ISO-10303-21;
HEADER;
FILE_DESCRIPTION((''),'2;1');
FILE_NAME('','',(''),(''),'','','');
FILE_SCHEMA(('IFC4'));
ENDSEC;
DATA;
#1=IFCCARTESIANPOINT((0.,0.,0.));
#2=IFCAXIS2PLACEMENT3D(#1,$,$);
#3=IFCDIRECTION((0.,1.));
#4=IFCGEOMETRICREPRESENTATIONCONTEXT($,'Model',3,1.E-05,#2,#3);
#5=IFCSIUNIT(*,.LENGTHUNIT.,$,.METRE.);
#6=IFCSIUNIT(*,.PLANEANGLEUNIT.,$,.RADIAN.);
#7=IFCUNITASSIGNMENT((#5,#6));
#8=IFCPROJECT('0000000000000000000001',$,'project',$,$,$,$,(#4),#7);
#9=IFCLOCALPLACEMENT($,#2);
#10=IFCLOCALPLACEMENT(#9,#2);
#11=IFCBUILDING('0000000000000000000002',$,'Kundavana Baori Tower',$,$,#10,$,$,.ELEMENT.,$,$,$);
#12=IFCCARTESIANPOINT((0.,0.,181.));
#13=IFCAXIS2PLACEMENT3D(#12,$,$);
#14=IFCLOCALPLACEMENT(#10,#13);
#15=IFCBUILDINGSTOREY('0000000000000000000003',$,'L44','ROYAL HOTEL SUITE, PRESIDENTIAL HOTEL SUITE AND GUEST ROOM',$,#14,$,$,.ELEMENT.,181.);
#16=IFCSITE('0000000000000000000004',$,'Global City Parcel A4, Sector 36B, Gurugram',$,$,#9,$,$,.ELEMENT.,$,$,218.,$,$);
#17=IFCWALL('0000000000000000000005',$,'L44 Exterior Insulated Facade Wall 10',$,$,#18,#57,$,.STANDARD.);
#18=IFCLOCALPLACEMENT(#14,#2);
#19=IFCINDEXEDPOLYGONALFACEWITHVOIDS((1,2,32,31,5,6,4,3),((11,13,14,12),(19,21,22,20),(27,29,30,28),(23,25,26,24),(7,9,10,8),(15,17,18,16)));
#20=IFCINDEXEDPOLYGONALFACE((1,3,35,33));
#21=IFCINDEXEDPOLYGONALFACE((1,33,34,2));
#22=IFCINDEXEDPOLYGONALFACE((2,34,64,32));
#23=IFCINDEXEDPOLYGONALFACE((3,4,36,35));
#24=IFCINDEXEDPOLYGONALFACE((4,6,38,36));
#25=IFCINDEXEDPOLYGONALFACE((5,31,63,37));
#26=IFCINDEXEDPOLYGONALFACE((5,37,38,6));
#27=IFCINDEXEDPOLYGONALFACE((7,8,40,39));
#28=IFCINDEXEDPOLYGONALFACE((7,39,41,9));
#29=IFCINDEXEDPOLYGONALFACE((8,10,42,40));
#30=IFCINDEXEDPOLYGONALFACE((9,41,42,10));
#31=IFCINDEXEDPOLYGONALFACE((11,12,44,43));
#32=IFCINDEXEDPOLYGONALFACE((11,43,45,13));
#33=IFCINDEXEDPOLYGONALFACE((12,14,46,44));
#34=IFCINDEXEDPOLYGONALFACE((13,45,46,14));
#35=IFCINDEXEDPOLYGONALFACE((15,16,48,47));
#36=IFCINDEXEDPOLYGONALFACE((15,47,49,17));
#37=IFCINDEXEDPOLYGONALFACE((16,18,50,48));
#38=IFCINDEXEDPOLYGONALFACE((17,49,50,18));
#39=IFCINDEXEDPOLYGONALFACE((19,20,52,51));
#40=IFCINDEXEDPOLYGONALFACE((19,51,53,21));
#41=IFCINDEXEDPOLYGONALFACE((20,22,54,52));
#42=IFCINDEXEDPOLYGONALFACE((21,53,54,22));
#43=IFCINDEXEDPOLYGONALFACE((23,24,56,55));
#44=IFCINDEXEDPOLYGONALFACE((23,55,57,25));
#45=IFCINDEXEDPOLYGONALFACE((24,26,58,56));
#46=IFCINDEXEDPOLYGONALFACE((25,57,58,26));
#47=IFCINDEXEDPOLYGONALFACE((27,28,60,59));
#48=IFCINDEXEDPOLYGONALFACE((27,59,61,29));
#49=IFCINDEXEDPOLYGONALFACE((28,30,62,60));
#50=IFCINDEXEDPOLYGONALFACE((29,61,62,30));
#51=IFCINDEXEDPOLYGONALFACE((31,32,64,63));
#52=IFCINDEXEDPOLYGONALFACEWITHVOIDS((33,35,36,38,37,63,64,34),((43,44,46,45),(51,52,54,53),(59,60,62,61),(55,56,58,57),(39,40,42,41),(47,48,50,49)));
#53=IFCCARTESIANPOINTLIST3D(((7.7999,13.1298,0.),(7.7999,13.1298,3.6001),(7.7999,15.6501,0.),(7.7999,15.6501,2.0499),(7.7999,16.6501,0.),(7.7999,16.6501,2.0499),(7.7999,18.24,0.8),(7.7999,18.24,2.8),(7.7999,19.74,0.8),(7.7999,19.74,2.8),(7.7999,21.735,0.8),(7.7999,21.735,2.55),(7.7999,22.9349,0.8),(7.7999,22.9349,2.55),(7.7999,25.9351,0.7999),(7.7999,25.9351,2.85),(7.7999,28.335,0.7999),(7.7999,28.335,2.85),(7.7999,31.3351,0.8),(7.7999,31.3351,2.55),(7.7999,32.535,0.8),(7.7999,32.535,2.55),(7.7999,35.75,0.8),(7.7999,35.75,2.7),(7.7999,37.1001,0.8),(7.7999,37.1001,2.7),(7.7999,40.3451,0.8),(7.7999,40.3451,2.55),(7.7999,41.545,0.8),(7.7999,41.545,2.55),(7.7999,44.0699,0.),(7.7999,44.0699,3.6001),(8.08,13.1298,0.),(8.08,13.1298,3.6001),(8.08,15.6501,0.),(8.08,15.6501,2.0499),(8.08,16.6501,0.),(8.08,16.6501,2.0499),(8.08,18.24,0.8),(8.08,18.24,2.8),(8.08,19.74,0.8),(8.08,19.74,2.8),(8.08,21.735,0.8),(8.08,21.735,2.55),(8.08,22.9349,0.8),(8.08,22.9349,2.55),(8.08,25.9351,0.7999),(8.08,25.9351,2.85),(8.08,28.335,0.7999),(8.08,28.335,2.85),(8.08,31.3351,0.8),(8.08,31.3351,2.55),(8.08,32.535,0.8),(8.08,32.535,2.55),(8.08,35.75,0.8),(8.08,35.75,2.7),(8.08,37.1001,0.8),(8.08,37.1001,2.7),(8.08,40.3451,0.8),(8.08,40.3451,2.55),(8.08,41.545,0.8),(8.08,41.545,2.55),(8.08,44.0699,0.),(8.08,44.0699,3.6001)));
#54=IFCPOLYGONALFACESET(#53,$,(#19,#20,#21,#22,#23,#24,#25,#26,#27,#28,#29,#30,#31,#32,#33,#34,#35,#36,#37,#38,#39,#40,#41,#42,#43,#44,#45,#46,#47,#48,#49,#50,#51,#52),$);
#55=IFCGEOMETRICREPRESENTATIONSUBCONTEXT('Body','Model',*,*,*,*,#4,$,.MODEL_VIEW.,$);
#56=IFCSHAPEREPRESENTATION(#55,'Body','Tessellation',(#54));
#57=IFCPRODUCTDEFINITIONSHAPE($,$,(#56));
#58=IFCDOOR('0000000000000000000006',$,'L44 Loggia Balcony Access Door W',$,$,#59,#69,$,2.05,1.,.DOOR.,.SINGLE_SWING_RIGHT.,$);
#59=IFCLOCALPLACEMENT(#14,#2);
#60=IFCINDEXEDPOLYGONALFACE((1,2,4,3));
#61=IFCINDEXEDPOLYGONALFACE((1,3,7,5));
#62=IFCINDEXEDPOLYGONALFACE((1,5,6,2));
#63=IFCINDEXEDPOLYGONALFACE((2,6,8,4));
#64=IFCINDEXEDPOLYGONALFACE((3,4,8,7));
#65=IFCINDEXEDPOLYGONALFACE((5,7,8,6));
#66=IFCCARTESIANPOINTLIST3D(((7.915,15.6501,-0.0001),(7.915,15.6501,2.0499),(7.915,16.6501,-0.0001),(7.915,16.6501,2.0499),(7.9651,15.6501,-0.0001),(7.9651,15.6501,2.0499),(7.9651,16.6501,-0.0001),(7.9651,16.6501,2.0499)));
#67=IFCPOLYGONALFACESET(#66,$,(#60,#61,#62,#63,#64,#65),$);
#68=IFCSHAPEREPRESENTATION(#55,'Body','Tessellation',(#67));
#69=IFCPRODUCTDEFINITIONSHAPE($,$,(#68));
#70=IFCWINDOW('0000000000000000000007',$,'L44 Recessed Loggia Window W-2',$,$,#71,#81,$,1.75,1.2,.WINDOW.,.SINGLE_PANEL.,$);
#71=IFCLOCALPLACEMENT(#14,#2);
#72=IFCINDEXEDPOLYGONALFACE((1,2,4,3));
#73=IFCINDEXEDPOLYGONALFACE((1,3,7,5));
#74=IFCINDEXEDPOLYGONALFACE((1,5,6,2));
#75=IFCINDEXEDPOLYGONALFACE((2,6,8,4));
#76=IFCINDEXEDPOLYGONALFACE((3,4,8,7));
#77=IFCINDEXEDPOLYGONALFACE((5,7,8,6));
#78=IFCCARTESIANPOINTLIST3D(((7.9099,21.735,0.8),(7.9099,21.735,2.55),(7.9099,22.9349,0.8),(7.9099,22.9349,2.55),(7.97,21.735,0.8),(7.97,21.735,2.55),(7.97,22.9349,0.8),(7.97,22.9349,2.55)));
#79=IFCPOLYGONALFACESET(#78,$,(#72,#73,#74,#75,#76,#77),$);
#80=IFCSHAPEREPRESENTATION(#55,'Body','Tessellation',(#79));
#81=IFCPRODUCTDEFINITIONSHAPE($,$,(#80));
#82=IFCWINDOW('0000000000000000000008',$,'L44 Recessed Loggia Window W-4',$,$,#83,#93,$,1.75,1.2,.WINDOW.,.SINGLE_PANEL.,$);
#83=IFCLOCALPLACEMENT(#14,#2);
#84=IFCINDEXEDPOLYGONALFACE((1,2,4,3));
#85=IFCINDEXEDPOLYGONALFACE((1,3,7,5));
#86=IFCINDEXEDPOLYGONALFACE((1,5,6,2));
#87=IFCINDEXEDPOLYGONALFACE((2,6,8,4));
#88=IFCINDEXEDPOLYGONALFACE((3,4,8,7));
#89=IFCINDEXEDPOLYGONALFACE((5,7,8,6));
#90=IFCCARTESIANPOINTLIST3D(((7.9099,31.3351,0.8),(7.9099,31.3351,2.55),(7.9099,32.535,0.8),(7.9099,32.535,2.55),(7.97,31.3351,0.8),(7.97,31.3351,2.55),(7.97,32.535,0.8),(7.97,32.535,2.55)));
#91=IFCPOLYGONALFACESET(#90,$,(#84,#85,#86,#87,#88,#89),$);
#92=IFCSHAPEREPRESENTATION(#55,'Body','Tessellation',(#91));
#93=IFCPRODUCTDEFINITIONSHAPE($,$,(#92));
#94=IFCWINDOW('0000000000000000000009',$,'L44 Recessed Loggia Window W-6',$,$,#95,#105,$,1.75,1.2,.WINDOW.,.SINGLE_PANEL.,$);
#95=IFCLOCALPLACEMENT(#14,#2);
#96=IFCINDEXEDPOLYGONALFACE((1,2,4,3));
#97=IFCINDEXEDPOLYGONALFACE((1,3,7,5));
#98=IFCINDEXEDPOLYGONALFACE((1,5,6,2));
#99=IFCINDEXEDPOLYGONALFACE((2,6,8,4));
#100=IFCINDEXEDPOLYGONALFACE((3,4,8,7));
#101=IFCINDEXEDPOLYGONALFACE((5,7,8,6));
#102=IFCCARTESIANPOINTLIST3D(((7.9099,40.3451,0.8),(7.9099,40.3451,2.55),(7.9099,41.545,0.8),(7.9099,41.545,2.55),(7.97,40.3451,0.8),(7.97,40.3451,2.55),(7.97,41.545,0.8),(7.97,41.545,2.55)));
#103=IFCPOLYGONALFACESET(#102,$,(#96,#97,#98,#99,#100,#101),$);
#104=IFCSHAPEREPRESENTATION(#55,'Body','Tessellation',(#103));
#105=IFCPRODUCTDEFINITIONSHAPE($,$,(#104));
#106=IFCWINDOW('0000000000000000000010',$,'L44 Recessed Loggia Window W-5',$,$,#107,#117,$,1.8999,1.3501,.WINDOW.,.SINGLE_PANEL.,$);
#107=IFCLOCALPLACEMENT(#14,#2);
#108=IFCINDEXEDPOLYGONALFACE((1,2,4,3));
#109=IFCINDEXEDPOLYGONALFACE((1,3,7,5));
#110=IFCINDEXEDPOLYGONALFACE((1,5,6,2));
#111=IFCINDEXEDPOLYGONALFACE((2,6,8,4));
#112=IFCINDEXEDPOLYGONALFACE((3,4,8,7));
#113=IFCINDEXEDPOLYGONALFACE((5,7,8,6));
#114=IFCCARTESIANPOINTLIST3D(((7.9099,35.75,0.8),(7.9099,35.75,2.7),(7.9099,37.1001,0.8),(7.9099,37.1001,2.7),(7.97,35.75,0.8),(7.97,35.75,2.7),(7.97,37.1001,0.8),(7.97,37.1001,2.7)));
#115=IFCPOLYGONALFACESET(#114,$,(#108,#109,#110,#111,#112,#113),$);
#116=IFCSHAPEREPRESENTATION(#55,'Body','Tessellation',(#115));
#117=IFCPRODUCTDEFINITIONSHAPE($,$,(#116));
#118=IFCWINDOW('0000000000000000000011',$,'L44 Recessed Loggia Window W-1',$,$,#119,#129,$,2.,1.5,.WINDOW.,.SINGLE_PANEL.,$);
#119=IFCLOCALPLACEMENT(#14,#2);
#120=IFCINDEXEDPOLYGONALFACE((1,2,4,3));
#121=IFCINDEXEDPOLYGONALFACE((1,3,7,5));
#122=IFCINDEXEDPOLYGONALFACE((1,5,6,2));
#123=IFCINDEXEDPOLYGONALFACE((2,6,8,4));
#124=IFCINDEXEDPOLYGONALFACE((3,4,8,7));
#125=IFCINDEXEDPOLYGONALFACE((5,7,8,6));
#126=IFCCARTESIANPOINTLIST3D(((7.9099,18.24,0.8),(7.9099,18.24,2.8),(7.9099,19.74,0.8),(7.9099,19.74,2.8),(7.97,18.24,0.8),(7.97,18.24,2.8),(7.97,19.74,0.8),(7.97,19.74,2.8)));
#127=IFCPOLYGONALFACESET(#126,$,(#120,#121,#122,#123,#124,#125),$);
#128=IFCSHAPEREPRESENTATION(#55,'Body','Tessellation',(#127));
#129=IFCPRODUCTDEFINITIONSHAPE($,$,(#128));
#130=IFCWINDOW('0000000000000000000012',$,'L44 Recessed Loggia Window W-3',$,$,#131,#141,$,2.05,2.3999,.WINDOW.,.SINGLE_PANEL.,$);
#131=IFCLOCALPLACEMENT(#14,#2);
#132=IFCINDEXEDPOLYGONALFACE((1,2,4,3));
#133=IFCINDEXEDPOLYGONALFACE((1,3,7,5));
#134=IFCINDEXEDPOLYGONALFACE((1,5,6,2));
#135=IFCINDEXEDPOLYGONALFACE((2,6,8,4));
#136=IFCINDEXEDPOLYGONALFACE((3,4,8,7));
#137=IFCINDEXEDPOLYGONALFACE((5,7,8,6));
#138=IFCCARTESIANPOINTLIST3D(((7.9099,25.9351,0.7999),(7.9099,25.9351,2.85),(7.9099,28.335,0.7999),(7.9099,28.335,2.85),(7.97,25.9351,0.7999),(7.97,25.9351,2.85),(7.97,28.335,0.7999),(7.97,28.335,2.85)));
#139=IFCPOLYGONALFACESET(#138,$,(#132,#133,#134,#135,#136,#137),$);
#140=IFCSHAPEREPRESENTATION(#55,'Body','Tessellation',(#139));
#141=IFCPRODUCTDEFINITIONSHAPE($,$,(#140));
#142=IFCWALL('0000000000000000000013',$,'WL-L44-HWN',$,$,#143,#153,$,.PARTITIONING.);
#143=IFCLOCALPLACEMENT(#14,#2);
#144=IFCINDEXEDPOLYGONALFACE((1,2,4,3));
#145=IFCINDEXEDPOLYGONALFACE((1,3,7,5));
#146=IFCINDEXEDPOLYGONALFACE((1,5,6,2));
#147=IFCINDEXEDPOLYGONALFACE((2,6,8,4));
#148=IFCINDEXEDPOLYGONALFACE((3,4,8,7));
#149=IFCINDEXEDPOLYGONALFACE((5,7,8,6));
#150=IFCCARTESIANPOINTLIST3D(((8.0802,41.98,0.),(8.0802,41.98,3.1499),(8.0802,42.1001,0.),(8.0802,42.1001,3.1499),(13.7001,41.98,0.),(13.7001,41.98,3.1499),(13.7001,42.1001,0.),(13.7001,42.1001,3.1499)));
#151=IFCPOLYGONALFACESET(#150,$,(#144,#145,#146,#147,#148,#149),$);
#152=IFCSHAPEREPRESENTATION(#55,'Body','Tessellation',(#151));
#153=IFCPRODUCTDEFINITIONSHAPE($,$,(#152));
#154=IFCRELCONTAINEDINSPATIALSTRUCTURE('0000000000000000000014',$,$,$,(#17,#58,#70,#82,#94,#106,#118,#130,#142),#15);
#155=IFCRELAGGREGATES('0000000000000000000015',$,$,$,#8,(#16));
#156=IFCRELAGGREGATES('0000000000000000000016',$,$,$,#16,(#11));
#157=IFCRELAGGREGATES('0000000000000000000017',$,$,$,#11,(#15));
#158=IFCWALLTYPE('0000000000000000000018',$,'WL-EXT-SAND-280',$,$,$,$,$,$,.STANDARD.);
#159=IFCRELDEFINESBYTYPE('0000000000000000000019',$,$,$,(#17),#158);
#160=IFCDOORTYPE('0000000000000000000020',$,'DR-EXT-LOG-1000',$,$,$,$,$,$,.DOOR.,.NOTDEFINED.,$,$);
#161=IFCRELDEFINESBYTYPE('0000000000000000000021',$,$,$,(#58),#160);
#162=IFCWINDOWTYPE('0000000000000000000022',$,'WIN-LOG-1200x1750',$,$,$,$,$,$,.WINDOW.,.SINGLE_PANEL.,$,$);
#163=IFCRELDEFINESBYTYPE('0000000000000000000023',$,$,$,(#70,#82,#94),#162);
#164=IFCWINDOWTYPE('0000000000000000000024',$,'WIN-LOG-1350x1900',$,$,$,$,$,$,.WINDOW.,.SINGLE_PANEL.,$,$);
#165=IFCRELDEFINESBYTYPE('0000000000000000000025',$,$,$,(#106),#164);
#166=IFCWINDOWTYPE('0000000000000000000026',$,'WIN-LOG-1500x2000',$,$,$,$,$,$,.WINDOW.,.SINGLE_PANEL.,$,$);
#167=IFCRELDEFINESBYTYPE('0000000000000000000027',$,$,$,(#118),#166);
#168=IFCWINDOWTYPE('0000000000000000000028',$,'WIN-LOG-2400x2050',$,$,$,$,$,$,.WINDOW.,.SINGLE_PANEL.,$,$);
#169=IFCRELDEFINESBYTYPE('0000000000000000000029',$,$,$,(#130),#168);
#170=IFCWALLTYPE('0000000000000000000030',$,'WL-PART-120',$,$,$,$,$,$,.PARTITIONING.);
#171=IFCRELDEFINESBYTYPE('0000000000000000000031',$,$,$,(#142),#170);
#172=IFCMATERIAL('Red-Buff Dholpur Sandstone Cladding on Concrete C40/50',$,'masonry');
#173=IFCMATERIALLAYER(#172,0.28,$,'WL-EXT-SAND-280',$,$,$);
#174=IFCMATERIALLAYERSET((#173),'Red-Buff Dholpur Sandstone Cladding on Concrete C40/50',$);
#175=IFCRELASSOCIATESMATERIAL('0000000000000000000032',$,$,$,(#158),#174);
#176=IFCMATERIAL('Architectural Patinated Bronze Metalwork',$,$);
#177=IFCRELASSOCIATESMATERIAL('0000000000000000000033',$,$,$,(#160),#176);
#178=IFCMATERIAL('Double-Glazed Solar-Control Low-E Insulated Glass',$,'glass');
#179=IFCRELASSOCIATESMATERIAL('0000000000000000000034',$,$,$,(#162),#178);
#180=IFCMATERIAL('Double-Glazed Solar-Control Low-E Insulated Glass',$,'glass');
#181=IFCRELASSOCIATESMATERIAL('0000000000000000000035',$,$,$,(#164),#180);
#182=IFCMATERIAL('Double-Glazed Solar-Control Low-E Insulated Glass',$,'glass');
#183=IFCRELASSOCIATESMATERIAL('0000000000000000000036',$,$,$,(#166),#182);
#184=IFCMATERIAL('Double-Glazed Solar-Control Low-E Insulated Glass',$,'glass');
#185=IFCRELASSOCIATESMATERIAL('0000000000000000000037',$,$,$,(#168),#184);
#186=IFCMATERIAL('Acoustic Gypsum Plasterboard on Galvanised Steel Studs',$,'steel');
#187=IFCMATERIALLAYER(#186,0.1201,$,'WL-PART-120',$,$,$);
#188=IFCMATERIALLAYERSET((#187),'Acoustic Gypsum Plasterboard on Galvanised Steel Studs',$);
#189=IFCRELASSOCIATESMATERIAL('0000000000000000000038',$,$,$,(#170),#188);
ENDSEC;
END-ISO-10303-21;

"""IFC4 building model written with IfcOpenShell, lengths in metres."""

from ifc_helpers import new_model, si_unit, direction, frame, frame_2d, origin, place, context, subcontext, project, spatial, rectangle, extrude, material, layer, layer_set, type_object, element, fill, save


model = new_model("IFC4")

# Units and contexts
model_context = context("Model", 3, precision=1e-05, world=origin(), true_north=direction((0.0, 1.0)))
body_context = subcontext(model_context, "Body", "Model", "MODEL_VIEW")
ifc_project = project(units=[si_unit("LENGTHUNIT", "METRE"), si_unit("PLANEANGLEUNIT", "RADIAN")], contexts=[model_context])

# Site, building, storey
site_placement = place(None, origin())
site = spatial("IfcSite", under=ifc_project, at=site_placement, Name="Global City Parcel A4, Sector 36B, Gurugram", CompositionType="ELEMENT", RefElevation=218.0)
building_placement = place(site_placement, origin())
building = spatial("IfcBuilding", under=site, at=building_placement, Name="Kundavana Baori Tower", CompositionType="ELEMENT")
storey_placement = place(building_placement, frame((0.0, 0.0, 181.0)))
storey = spatial("IfcBuildingStorey", under=building, at=storey_placement, Name="L44", Description="ROYAL HOTEL SUITE, PRESIDENTIAL HOTEL SUITE AND GUEST ROOM", CompositionType="ELEMENT", Elevation=181.0)

# Shared definitions
ifc_material_1 = material(Name="Red-Buff Dholpur Sandstone Cladding on Concrete C40/50", Category="masonry")
ifc_layer_1 = layer(ifc_material_1, 0.28, Name="WL-EXT-SAND-280")
ifc_layer_set_1 = layer_set([ifc_layer_1], Name="Red-Buff Dholpur Sandstone Cladding on Concrete C40/50")
wall_type_1 = type_object("IfcWallType", Name="WL-EXT-SAND-280", PredefinedType="STANDARD", material=ifc_layer_set_1)

# Wall, openings, door, windows
wall_1_placement = place(storey_placement, frame((7.9399, 44.0701, 0.0), z_axis=(0.0, 0.0, 1.0), x_axis=(0.0, -1.0, 0.0)))
wall_1 = element("IfcWall", 1, at=wall_1_placement, inside=storey, type_object=wall_type_1, Name="L44 Exterior Insulated Facade Wall 10", PredefinedType="STANDARD", context=body_context, shape_type="SweptSolid", body=[
    extrude(rectangle(XDim=30.9402, YDim=0.28, at=frame_2d((15.4702, 0.0))), origin(), (0.0, 0.0, 1.0), 3.6001),
])
opening_1_placement = place(wall_1_placement, frame((27.4199, 0.0, 0.0)))
opening_1 = element("IfcOpeningElement", 2, at=opening_1_placement, cuts=wall_1, PredefinedType="OPENING", context=body_context, shape_type="SweptSolid", body=[
    extrude(rectangle(XDim=1.0, YDim=2.05, at=frame_2d((0.5, 1.0249))), frame((0.0, 0.1499, 0.0), z_axis=(0.0, -1.0, 0.0), x_axis=(1.0, 0.0, 0.0)), (0.0, 0.0, 1.0), 0.3),
])
opening_2_placement = place(wall_1_placement, frame((24.3301, 0.0, 0.8)))
opening_2 = element("IfcOpeningElement", 3, at=opening_2_placement, cuts=wall_1, PredefinedType="OPENING", context=body_context, shape_type="SweptSolid", body=[
    extrude(rectangle(XDim=1.5, YDim=2.0, at=frame_2d((0.75, 1.0))), frame((0.0, 0.1499, 0.0), z_axis=(0.0, -1.0, 0.0), x_axis=(1.0, 0.0, 0.0)), (0.0, 0.0, 1.0), 0.3),
])
opening_3_placement = place(wall_1_placement, frame((21.135, 0.0, 0.8)))
opening_3 = element("IfcOpeningElement", 4, at=opening_3_placement, cuts=wall_1, PredefinedType="OPENING", context=body_context, shape_type="SweptSolid", body=[
    extrude(rectangle(XDim=1.2, YDim=1.75, at=frame_2d((0.6001, 0.875))), frame((0.0, 0.1499, 0.0), z_axis=(0.0, -1.0, 0.0), x_axis=(1.0, 0.0, 0.0)), (0.0, 0.0, 1.0), 0.3),
])
opening_4_placement = place(wall_1_placement, frame((15.7351, 0.0, 0.8)))
opening_4 = element("IfcOpeningElement", 5, at=opening_4_placement, cuts=wall_1, PredefinedType="OPENING", context=body_context, shape_type="SweptSolid", body=[
    extrude(rectangle(XDim=2.3999, YDim=2.05, at=frame_2d((1.2, 1.0249))), frame((0.0, 0.1499, 0.0), z_axis=(0.0, -1.0, 0.0), x_axis=(1.0, 0.0, 0.0)), (0.0, 0.0, 1.0), 0.3),
])
opening_5_placement = place(wall_1_placement, frame((11.5349, 0.0, 0.8)))
opening_5 = element("IfcOpeningElement", 6, at=opening_5_placement, cuts=wall_1, PredefinedType="OPENING", context=body_context, shape_type="SweptSolid", body=[
    extrude(rectangle(XDim=1.2, YDim=1.75, at=frame_2d((0.6001, 0.875))), frame((0.0, 0.1499, 0.0), z_axis=(0.0, -1.0, 0.0), x_axis=(1.0, 0.0, 0.0)), (0.0, 0.0, 1.0), 0.3),
])
opening_6_placement = place(wall_1_placement, frame((6.97, 0.0, 0.8)))
opening_6 = element("IfcOpeningElement", 7, at=opening_6_placement, cuts=wall_1, PredefinedType="OPENING", context=body_context, shape_type="SweptSolid", body=[
    extrude(rectangle(XDim=1.3501, YDim=1.8999, at=frame_2d((0.675, 0.95))), frame((0.0, 0.1499, 0.0), z_axis=(0.0, -1.0, 0.0), x_axis=(1.0, 0.0, 0.0)), (0.0, 0.0, 1.0), 0.3),
])
opening_7_placement = place(wall_1_placement, frame((2.5249, 0.0, 0.8)))
opening_7 = element("IfcOpeningElement", 8, at=opening_7_placement, cuts=wall_1, PredefinedType="OPENING", context=body_context, shape_type="SweptSolid", body=[
    extrude(rectangle(XDim=1.2, YDim=1.75, at=frame_2d((0.6001, 0.875))), frame((0.0, 0.1499, 0.0), z_axis=(0.0, -1.0, 0.0), x_axis=(1.0, 0.0, 0.0)), (0.0, 0.0, 1.0), 0.3),
])
ifc_material_2 = material(Name="Architectural Patinated Bronze Metalwork")
door_type_1 = type_object("IfcDoorType", Name="DR-EXT-LOG-1000", OperationType="NOTDEFINED", PredefinedType="DOOR", material=ifc_material_2)
door_1_placement = place(opening_1_placement, frame((1.0, 0.0, 0.0), z_axis=(0.0, 0.0, 1.0), x_axis=(-1.0, 0.0, 0.0)))
door_1 = element("IfcDoor", 9, at=door_1_placement, inside=storey, type_object=door_type_1, Name="L44 Loggia Balcony Access Door W", OperationType="SINGLE_SWING_RIGHT", OverallHeight=2.05, OverallWidth=1.0, PredefinedType="DOOR", context=body_context, shape_type="SweptSolid", body=[
    extrude(rectangle(XDim=1.0, YDim=2.05, at=frame_2d((0.5, 1.0249))), frame((0.0, 0.0249, 0.0), z_axis=(0.0, -1.0, 0.0), x_axis=(1.0, 0.0, 0.0)), (0.0, 0.0, 1.0), 0.05),
])
fill(opening_1, door_1)
ifc_material_3 = material(Name="Double-Glazed Solar-Control Low-E Insulated Glass", Category="glass")
window_type_1 = type_object("IfcWindowType", Name="WIN-LOG-1200x1750", PartitioningType="SINGLE_PANEL", PredefinedType="WINDOW", material=ifc_material_3)
window_1_placement = place(opening_3_placement, origin())
window_1 = element("IfcWindow", 10, at=window_1_placement, inside=storey, type_object=window_type_1, Name="L44 Recessed Loggia Window W-2", OverallHeight=1.75, OverallWidth=1.2, PartitioningType="SINGLE_PANEL", PredefinedType="WINDOW", context=body_context, shape_type="SweptSolid", body=[
    extrude(rectangle(XDim=1.2, YDim=1.75, at=frame_2d((0.6001, 0.875))), frame((0.0, 0.03, 0.0), z_axis=(0.0, -1.0, 0.0), x_axis=(1.0, 0.0, 0.0)), (0.0, 0.0, 1.0), 0.0601),
])
fill(opening_3, window_1)
window_2_placement = place(opening_5_placement, origin())
window_2 = element("IfcWindow", 11, at=window_2_placement, inside=storey, type_object=window_type_1, Name="L44 Recessed Loggia Window W-4", OverallHeight=1.75, OverallWidth=1.2, PartitioningType="SINGLE_PANEL", PredefinedType="WINDOW", context=body_context, shape_type="SweptSolid", body=[
    extrude(rectangle(XDim=1.2, YDim=1.75, at=frame_2d((0.6001, 0.875))), frame((0.0, 0.03, 0.0), z_axis=(0.0, -1.0, 0.0), x_axis=(1.0, 0.0, 0.0)), (0.0, 0.0, 1.0), 0.0601),
])
fill(opening_5, window_2)
window_3_placement = place(opening_7_placement, origin())
window_3 = element("IfcWindow", 12, at=window_3_placement, inside=storey, type_object=window_type_1, Name="L44 Recessed Loggia Window W-6", OverallHeight=1.75, OverallWidth=1.2, PartitioningType="SINGLE_PANEL", PredefinedType="WINDOW", context=body_context, shape_type="SweptSolid", body=[
    extrude(rectangle(XDim=1.2, YDim=1.75, at=frame_2d((0.6001, 0.875))), frame((0.0, 0.03, 0.0), z_axis=(0.0, -1.0, 0.0), x_axis=(1.0, 0.0, 0.0)), (0.0, 0.0, 1.0), 0.0601),
])
fill(opening_7, window_3)
ifc_material_4 = material(Name="Double-Glazed Solar-Control Low-E Insulated Glass", Category="glass")
window_type_2 = type_object("IfcWindowType", Name="WIN-LOG-1350x1900", PartitioningType="SINGLE_PANEL", PredefinedType="WINDOW", material=ifc_material_4)
window_4_placement = place(opening_6_placement, origin())
window_4 = element("IfcWindow", 13, at=window_4_placement, inside=storey, type_object=window_type_2, Name="L44 Recessed Loggia Window W-5", OverallHeight=1.8999, OverallWidth=1.3501, PartitioningType="SINGLE_PANEL", PredefinedType="WINDOW", context=body_context, shape_type="SweptSolid", body=[
    extrude(rectangle(XDim=1.3501, YDim=1.8999, at=frame_2d((0.675, 0.95))), frame((0.0, 0.03, 0.0), z_axis=(0.0, -1.0, 0.0), x_axis=(1.0, 0.0, 0.0)), (0.0, 0.0, 1.0), 0.0601),
])
fill(opening_6, window_4)
ifc_material_5 = material(Name="Double-Glazed Solar-Control Low-E Insulated Glass", Category="glass")
window_type_3 = type_object("IfcWindowType", Name="WIN-LOG-1500x2000", PartitioningType="SINGLE_PANEL", PredefinedType="WINDOW", material=ifc_material_5)
window_5_placement = place(opening_2_placement, origin())
window_5 = element("IfcWindow", 14, at=window_5_placement, inside=storey, type_object=window_type_3, Name="L44 Recessed Loggia Window W-1", OverallHeight=2.0, OverallWidth=1.5, PartitioningType="SINGLE_PANEL", PredefinedType="WINDOW", context=body_context, shape_type="SweptSolid", body=[
    extrude(rectangle(XDim=1.5, YDim=2.0, at=frame_2d((0.75, 1.0))), frame((0.0, 0.03, 0.0), z_axis=(0.0, -1.0, 0.0), x_axis=(1.0, 0.0, 0.0)), (0.0, 0.0, 1.0), 0.0601),
])
fill(opening_2, window_5)
ifc_material_6 = material(Name="Double-Glazed Solar-Control Low-E Insulated Glass", Category="glass")
window_type_4 = type_object("IfcWindowType", Name="WIN-LOG-2400x2050", PartitioningType="SINGLE_PANEL", PredefinedType="WINDOW", material=ifc_material_6)
window_6_placement = place(opening_4_placement, origin())
window_6 = element("IfcWindow", 15, at=window_6_placement, inside=storey, type_object=window_type_4, Name="L44 Recessed Loggia Window W-3", OverallHeight=2.05, OverallWidth=2.3999, PartitioningType="SINGLE_PANEL", PredefinedType="WINDOW", context=body_context, shape_type="SweptSolid", body=[
    extrude(rectangle(XDim=2.3999, YDim=2.05, at=frame_2d((1.2, 1.0249))), frame((0.0, 0.03, 0.0), z_axis=(0.0, -1.0, 0.0), x_axis=(1.0, 0.0, 0.0)), (0.0, 0.0, 1.0), 0.0601),
])
fill(opening_4, window_6)

# Wall
ifc_material_7 = material(Name="Acoustic Gypsum Plasterboard on Galvanised Steel Studs", Category="steel")
ifc_layer_2 = layer(ifc_material_7, 0.1201, Name="WL-PART-120")
ifc_layer_set_2 = layer_set([ifc_layer_2], Name="Acoustic Gypsum Plasterboard on Galvanised Steel Studs")
wall_type_2 = type_object("IfcWallType", Name="WL-PART-120", PredefinedType="PARTITIONING", material=ifc_layer_set_2)
wall_2_placement = place(storey_placement, frame((8.0801, 42.04, 0.0), z_axis=(0.0, 0.0, 1.0), x_axis=(1.0, 0.0, 0.0)))
element("IfcWall", 16, at=wall_2_placement, inside=storey, type_object=wall_type_2, Name="WL-L44-HWN", PredefinedType="PARTITIONING", context=body_context, shape_type="SweptSolid", body=[
    extrude(rectangle(XDim=5.6199, YDim=0.1201, at=frame_2d((2.8101, 0.0))), origin(), (0.0, 0.0, 1.0), 3.1499),
])

save(model, "model.ifc")
